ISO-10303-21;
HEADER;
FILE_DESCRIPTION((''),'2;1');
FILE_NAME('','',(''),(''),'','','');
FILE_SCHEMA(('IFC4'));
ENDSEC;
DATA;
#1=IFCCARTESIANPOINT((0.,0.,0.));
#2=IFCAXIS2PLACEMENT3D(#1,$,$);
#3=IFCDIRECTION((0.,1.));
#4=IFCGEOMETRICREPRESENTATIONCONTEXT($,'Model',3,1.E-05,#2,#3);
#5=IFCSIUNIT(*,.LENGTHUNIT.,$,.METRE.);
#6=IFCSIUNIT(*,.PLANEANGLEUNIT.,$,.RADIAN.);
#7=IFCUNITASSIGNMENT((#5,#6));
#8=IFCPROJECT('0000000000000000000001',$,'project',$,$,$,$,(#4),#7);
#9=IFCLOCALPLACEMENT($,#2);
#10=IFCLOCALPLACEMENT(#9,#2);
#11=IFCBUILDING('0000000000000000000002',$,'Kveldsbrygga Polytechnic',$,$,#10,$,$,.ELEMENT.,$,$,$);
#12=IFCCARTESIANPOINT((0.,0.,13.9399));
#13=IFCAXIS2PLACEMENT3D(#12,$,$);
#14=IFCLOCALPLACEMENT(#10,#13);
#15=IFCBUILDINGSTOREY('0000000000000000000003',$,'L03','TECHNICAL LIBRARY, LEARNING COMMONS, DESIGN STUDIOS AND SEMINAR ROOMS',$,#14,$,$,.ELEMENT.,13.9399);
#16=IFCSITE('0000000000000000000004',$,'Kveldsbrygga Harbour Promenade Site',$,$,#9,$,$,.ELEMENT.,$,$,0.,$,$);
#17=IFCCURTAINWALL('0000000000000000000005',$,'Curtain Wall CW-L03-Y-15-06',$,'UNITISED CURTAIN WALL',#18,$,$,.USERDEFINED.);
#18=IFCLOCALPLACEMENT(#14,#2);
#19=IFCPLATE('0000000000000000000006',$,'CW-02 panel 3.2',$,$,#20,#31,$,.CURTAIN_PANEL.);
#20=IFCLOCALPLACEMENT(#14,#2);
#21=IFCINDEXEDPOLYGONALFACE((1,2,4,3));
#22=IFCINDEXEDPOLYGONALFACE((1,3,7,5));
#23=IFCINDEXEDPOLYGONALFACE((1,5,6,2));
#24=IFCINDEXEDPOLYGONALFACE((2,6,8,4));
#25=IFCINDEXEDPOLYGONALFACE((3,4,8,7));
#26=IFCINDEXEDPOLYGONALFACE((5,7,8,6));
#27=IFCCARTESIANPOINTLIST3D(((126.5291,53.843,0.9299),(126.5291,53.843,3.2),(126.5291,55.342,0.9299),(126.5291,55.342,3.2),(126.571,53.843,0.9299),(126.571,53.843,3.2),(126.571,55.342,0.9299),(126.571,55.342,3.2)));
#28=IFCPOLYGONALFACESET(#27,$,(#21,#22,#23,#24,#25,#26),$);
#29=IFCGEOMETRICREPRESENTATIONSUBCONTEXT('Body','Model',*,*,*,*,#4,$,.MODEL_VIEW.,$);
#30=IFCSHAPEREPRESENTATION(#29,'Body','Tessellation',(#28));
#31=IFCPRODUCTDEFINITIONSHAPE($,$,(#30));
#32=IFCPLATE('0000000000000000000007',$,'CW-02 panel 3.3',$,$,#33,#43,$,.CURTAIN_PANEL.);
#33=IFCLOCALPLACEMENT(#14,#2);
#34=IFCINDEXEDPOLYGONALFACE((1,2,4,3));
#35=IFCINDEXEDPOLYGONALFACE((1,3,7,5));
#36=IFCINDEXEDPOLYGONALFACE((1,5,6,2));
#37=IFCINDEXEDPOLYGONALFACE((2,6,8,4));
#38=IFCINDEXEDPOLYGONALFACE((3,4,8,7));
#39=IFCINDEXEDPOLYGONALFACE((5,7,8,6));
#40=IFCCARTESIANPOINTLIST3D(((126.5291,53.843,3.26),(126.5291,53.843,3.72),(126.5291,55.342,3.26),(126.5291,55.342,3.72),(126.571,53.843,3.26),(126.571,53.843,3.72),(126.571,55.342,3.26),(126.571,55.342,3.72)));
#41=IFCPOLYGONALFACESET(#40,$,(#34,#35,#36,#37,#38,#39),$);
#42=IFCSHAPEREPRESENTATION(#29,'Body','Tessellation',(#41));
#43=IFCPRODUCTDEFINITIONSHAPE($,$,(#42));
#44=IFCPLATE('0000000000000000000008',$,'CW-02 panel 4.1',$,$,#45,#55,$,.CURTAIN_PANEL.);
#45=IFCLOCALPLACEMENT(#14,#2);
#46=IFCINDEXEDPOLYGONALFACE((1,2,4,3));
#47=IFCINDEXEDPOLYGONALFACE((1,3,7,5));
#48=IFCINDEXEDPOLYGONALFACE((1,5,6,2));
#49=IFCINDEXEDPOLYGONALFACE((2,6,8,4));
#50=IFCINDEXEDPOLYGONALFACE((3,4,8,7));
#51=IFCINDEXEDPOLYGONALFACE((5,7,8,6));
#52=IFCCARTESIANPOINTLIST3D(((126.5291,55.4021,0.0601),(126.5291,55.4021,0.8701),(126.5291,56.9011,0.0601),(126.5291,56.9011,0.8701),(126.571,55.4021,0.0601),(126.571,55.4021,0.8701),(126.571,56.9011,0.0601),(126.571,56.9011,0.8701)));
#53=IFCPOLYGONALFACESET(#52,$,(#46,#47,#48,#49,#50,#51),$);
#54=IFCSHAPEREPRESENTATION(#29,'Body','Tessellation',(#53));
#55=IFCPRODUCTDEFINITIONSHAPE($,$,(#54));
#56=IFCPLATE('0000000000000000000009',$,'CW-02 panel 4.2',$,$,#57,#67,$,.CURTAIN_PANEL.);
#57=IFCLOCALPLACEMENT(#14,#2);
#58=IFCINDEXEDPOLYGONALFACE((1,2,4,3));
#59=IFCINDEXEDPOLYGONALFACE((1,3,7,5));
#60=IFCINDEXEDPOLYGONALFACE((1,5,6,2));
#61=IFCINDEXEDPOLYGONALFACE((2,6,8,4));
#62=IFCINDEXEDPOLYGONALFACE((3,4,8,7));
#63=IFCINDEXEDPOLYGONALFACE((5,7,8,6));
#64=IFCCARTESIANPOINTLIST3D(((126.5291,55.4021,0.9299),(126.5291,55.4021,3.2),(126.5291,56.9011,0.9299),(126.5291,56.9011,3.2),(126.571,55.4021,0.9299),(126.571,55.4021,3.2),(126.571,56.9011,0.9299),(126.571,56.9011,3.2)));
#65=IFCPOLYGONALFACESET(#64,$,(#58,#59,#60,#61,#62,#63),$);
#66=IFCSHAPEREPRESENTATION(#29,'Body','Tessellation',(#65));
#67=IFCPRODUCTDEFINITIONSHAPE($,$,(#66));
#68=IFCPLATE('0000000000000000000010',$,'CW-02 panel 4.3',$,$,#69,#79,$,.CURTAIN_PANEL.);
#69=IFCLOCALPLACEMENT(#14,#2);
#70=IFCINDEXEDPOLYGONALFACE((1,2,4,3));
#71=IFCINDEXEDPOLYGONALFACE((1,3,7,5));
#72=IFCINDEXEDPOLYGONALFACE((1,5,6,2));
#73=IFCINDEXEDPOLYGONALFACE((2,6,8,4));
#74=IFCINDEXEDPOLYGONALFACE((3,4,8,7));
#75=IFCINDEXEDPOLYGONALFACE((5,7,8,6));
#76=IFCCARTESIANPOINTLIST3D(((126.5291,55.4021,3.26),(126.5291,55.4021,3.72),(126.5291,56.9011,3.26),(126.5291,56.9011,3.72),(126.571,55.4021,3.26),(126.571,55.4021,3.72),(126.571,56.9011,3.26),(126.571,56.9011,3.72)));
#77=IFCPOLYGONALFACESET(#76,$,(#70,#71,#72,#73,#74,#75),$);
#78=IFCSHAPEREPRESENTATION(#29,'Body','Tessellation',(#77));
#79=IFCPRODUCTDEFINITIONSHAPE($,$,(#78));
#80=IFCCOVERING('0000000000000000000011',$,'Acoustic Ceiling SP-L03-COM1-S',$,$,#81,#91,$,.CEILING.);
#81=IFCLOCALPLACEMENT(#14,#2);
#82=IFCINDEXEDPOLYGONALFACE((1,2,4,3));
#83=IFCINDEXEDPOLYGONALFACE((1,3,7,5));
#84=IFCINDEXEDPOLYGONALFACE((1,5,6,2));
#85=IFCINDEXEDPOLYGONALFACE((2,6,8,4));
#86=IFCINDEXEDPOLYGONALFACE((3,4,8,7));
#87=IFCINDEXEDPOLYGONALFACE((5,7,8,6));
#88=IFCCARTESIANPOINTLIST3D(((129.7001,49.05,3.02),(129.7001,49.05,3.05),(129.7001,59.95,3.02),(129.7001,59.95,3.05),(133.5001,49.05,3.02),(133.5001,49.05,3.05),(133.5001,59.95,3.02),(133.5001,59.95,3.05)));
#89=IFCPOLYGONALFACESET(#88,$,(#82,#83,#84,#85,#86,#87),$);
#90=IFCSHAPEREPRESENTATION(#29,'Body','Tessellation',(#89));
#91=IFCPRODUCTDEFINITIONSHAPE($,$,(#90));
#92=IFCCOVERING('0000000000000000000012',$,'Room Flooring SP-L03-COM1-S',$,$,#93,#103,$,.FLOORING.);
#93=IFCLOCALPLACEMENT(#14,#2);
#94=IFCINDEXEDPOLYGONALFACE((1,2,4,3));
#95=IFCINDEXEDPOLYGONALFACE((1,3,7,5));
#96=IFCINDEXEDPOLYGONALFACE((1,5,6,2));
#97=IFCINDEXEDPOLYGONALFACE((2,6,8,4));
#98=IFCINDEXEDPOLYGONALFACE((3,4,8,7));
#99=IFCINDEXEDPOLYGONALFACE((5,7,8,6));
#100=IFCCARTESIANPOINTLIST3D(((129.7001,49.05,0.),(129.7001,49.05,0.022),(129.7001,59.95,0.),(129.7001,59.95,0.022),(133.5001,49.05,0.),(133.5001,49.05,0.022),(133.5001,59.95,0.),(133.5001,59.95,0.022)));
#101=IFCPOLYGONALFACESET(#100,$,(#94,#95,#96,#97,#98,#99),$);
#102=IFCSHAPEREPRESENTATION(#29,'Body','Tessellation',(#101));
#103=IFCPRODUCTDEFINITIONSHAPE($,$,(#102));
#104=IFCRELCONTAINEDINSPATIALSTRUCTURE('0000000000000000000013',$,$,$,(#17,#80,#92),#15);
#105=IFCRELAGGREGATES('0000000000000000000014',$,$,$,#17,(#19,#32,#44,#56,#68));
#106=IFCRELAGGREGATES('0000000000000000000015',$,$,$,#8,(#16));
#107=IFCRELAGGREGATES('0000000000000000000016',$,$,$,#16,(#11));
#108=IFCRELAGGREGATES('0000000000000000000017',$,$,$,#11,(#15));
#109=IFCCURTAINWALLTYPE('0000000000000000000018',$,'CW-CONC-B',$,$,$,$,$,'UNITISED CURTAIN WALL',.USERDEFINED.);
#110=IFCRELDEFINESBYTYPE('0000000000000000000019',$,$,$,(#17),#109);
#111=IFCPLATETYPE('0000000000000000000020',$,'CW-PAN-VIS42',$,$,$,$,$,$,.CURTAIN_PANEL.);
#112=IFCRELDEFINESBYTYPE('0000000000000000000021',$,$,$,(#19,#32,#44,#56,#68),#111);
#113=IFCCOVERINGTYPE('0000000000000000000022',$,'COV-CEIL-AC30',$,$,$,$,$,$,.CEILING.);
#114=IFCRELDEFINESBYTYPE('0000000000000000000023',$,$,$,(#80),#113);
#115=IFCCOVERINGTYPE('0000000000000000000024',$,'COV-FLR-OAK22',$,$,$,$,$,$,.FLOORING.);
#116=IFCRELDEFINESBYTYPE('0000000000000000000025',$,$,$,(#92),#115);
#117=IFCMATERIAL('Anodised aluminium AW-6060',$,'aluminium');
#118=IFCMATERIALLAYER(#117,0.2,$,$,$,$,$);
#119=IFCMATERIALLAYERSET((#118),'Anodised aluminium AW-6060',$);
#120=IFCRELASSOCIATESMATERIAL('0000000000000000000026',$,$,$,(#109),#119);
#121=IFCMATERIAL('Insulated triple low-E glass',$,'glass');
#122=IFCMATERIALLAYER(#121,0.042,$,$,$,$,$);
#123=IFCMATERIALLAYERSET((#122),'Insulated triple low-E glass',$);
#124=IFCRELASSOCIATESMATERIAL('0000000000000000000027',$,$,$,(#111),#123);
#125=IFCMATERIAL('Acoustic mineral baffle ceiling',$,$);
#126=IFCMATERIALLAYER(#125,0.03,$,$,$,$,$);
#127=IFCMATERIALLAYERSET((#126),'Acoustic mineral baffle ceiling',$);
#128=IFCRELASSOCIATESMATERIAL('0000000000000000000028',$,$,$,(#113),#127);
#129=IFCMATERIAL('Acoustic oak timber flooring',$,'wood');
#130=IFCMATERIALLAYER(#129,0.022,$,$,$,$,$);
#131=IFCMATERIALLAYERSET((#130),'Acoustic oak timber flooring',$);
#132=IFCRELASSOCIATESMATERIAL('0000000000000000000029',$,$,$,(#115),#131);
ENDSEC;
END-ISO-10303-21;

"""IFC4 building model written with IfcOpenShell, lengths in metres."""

from ifc_helpers import new_model, si_unit, direction, frame, origin, origin_2d, place, context, subcontext, project, spatial, rectangle, extrude, material, layer, layer_set, type_object, element, aggregate, save


model = new_model("IFC4")

# Units and contexts
model_context = context("Model", 3, precision=1e-05, world=origin(), true_north=direction((0.0, 1.0)))
body_context = subcontext(model_context, "Body", "Model", "MODEL_VIEW")
ifc_project = project(units=[si_unit("LENGTHUNIT", "METRE"), si_unit("PLANEANGLEUNIT", "RADIAN")], contexts=[model_context])

# Site, building, storey
site_placement = place(None, origin())
site = spatial("IfcSite", under=ifc_project, at=site_placement, Name="Kveldsbrygga Harbour Promenade Site", CompositionType="ELEMENT", RefElevation=0.0)
building_placement = place(site_placement, origin())
building = spatial("IfcBuilding", under=site, at=building_placement, Name="Kveldsbrygga Polytechnic", CompositionType="ELEMENT")
storey_placement = place(building_placement, frame((0.0, 0.0, 13.9399)))
storey = spatial("IfcBuildingStorey", under=building, at=storey_placement, Name="L03", Description="TECHNICAL LIBRARY, LEARNING COMMONS, DESIGN STUDIOS AND SEMINAR ROOMS", CompositionType="ELEMENT", Elevation=13.9399)

# Curtain wall, plates
ifc_material_1 = material(Name="Anodised aluminium AW-6060", Category="aluminium")
ifc_layer_1 = layer(ifc_material_1, 0.2)
ifc_layer_set_1 = layer_set([ifc_layer_1], Name="Anodised aluminium AW-6060")
curtain_wall_type = type_object("IfcCurtainWallType", Name="CW-CONC-B", ElementType="UNITISED CURTAIN WALL", PredefinedType="USERDEFINED", material=ifc_layer_set_1)
curtain_wall_placement = place(storey_placement, origin())
curtain_wall = element("IfcCurtainWall", 1, at=curtain_wall_placement, inside=storey, type_object=curtain_wall_type, Name="Curtain Wall CW-L03-Y-15-06", ObjectType="UNITISED CURTAIN WALL", PredefinedType="USERDEFINED")
ifc_material_2 = material(Name="Insulated triple low-E glass", Category="glass")
ifc_layer_2 = layer(ifc_material_2, 0.042)
ifc_layer_set_2 = layer_set([ifc_layer_2], Name="Insulated triple low-E glass")
plate_type = type_object("IfcPlateType", Name="CW-PAN-VIS42", PredefinedType="CURTAIN_PANEL", material=ifc_layer_set_2)
plate_1_placement = place(storey_placement, frame((126.55, 54.5925, 0.9299), z_axis=(0.0, 0.0, 1.0), x_axis=(0.0, 1.0, 0.0)))
plate_1 = element("IfcPlate", 2, at=plate_1_placement, type_object=plate_type, Name="CW-02 panel 3.2", PredefinedType="CURTAIN_PANEL", context=body_context, shape_type="SweptSolid", body=[
    extrude(rectangle(XDim=1.499, YDim=0.042, at=origin_2d()), origin(), (0.0, 0.0, 1.0), 2.27),
])
plate_2_placement = place(storey_placement, frame((126.55, 54.5925, 3.26), z_axis=(0.0, 0.0, 1.0), x_axis=(0.0, 1.0, 0.0)))
plate_2 = element("IfcPlate", 3, at=plate_2_placement, type_object=plate_type, Name="CW-02 panel 3.3", PredefinedType="CURTAIN_PANEL", context=body_context, shape_type="SweptSolid", body=[
    extrude(rectangle(XDim=1.499, YDim=0.042, at=origin_2d()), origin(), (0.0, 0.0, 1.0), 0.46),
])
plate_3_placement = place(storey_placement, frame((126.55, 56.1516, 0.0601), z_axis=(0.0, 0.0, 1.0), x_axis=(0.0, 1.0, 0.0)))
plate_3 = element("IfcPlate", 4, at=plate_3_placement, type_object=plate_type, Name="CW-02 panel 4.1", PredefinedType="CURTAIN_PANEL", context=body_context, shape_type="SweptSolid", body=[
    extrude(rectangle(XDim=1.499, YDim=0.042, at=origin_2d()), origin(), (0.0, 0.0, 1.0), 0.8101),
])
plate_4_placement = place(storey_placement, frame((126.55, 56.1516, 0.9299), z_axis=(0.0, 0.0, 1.0), x_axis=(0.0, 1.0, 0.0)))
plate_4 = element("IfcPlate", 5, at=plate_4_placement, type_object=plate_type, Name="CW-02 panel 4.2", PredefinedType="CURTAIN_PANEL", context=body_context, shape_type="SweptSolid", body=[
    extrude(rectangle(XDim=1.499, YDim=0.042, at=origin_2d()), origin(), (0.0, 0.0, 1.0), 2.27),
])
plate_5_placement = place(storey_placement, frame((126.55, 56.1516, 3.26), z_axis=(0.0, 0.0, 1.0), x_axis=(0.0, 1.0, 0.0)))
plate_5 = element("IfcPlate", 6, at=plate_5_placement, type_object=plate_type, Name="CW-02 panel 4.3", PredefinedType="CURTAIN_PANEL", context=body_context, shape_type="SweptSolid", body=[
    extrude(rectangle(XDim=1.499, YDim=0.042, at=origin_2d()), origin(), (0.0, 0.0, 1.0), 0.46),
])
aggregate(curtain_wall, [plate_1, plate_2, plate_3, plate_4, plate_5])

# Coverings
ifc_material_3 = material(Name="Acoustic mineral baffle ceiling")
ifc_layer_3 = layer(ifc_material_3, 0.03)
ifc_layer_set_3 = layer_set([ifc_layer_3], Name="Acoustic mineral baffle ceiling")
covering_type_1 = type_object("IfcCoveringType", Name="COV-CEIL-AC30", PredefinedType="CEILING", material=ifc_layer_set_3)
covering_1_placement = place(storey_placement, frame((131.6001, 54.5, 3.02), z_axis=(0.0, 0.0, 1.0), x_axis=(1.0, 0.0, 0.0)))
element("IfcCovering", 7, at=covering_1_placement, inside=storey, type_object=covering_type_1, Name="Acoustic Ceiling SP-L03-COM1-S", PredefinedType="CEILING", context=body_context, shape_type="SweptSolid", body=[
    extrude(rectangle(XDim=3.8, YDim=10.8999, at=origin_2d()), origin(), (0.0, 0.0, 1.0), 0.03),
])
ifc_material_4 = material(Name="Acoustic oak timber flooring", Category="wood")
ifc_layer_4 = layer(ifc_material_4, 0.022)
ifc_layer_set_4 = layer_set([ifc_layer_4], Name="Acoustic oak timber flooring")
covering_type_2 = type_object("IfcCoveringType", Name="COV-FLR-OAK22", PredefinedType="FLOORING", material=ifc_layer_set_4)
covering_2_placement = place(storey_placement, frame((131.6001, 54.5, 0.0), z_axis=(0.0, 0.0, 1.0), x_axis=(1.0, 0.0, 0.0)))
element("IfcCovering", 8, at=covering_2_placement, inside=storey, type_object=covering_type_2, Name="Room Flooring SP-L03-COM1-S", PredefinedType="FLOORING", context=body_context, shape_type="SweptSolid", body=[
    extrude(rectangle(XDim=3.8, YDim=10.8999, at=origin_2d()), origin(), (0.0, 0.0, 1.0), 0.022),
])

save(model, "model.ifc")
